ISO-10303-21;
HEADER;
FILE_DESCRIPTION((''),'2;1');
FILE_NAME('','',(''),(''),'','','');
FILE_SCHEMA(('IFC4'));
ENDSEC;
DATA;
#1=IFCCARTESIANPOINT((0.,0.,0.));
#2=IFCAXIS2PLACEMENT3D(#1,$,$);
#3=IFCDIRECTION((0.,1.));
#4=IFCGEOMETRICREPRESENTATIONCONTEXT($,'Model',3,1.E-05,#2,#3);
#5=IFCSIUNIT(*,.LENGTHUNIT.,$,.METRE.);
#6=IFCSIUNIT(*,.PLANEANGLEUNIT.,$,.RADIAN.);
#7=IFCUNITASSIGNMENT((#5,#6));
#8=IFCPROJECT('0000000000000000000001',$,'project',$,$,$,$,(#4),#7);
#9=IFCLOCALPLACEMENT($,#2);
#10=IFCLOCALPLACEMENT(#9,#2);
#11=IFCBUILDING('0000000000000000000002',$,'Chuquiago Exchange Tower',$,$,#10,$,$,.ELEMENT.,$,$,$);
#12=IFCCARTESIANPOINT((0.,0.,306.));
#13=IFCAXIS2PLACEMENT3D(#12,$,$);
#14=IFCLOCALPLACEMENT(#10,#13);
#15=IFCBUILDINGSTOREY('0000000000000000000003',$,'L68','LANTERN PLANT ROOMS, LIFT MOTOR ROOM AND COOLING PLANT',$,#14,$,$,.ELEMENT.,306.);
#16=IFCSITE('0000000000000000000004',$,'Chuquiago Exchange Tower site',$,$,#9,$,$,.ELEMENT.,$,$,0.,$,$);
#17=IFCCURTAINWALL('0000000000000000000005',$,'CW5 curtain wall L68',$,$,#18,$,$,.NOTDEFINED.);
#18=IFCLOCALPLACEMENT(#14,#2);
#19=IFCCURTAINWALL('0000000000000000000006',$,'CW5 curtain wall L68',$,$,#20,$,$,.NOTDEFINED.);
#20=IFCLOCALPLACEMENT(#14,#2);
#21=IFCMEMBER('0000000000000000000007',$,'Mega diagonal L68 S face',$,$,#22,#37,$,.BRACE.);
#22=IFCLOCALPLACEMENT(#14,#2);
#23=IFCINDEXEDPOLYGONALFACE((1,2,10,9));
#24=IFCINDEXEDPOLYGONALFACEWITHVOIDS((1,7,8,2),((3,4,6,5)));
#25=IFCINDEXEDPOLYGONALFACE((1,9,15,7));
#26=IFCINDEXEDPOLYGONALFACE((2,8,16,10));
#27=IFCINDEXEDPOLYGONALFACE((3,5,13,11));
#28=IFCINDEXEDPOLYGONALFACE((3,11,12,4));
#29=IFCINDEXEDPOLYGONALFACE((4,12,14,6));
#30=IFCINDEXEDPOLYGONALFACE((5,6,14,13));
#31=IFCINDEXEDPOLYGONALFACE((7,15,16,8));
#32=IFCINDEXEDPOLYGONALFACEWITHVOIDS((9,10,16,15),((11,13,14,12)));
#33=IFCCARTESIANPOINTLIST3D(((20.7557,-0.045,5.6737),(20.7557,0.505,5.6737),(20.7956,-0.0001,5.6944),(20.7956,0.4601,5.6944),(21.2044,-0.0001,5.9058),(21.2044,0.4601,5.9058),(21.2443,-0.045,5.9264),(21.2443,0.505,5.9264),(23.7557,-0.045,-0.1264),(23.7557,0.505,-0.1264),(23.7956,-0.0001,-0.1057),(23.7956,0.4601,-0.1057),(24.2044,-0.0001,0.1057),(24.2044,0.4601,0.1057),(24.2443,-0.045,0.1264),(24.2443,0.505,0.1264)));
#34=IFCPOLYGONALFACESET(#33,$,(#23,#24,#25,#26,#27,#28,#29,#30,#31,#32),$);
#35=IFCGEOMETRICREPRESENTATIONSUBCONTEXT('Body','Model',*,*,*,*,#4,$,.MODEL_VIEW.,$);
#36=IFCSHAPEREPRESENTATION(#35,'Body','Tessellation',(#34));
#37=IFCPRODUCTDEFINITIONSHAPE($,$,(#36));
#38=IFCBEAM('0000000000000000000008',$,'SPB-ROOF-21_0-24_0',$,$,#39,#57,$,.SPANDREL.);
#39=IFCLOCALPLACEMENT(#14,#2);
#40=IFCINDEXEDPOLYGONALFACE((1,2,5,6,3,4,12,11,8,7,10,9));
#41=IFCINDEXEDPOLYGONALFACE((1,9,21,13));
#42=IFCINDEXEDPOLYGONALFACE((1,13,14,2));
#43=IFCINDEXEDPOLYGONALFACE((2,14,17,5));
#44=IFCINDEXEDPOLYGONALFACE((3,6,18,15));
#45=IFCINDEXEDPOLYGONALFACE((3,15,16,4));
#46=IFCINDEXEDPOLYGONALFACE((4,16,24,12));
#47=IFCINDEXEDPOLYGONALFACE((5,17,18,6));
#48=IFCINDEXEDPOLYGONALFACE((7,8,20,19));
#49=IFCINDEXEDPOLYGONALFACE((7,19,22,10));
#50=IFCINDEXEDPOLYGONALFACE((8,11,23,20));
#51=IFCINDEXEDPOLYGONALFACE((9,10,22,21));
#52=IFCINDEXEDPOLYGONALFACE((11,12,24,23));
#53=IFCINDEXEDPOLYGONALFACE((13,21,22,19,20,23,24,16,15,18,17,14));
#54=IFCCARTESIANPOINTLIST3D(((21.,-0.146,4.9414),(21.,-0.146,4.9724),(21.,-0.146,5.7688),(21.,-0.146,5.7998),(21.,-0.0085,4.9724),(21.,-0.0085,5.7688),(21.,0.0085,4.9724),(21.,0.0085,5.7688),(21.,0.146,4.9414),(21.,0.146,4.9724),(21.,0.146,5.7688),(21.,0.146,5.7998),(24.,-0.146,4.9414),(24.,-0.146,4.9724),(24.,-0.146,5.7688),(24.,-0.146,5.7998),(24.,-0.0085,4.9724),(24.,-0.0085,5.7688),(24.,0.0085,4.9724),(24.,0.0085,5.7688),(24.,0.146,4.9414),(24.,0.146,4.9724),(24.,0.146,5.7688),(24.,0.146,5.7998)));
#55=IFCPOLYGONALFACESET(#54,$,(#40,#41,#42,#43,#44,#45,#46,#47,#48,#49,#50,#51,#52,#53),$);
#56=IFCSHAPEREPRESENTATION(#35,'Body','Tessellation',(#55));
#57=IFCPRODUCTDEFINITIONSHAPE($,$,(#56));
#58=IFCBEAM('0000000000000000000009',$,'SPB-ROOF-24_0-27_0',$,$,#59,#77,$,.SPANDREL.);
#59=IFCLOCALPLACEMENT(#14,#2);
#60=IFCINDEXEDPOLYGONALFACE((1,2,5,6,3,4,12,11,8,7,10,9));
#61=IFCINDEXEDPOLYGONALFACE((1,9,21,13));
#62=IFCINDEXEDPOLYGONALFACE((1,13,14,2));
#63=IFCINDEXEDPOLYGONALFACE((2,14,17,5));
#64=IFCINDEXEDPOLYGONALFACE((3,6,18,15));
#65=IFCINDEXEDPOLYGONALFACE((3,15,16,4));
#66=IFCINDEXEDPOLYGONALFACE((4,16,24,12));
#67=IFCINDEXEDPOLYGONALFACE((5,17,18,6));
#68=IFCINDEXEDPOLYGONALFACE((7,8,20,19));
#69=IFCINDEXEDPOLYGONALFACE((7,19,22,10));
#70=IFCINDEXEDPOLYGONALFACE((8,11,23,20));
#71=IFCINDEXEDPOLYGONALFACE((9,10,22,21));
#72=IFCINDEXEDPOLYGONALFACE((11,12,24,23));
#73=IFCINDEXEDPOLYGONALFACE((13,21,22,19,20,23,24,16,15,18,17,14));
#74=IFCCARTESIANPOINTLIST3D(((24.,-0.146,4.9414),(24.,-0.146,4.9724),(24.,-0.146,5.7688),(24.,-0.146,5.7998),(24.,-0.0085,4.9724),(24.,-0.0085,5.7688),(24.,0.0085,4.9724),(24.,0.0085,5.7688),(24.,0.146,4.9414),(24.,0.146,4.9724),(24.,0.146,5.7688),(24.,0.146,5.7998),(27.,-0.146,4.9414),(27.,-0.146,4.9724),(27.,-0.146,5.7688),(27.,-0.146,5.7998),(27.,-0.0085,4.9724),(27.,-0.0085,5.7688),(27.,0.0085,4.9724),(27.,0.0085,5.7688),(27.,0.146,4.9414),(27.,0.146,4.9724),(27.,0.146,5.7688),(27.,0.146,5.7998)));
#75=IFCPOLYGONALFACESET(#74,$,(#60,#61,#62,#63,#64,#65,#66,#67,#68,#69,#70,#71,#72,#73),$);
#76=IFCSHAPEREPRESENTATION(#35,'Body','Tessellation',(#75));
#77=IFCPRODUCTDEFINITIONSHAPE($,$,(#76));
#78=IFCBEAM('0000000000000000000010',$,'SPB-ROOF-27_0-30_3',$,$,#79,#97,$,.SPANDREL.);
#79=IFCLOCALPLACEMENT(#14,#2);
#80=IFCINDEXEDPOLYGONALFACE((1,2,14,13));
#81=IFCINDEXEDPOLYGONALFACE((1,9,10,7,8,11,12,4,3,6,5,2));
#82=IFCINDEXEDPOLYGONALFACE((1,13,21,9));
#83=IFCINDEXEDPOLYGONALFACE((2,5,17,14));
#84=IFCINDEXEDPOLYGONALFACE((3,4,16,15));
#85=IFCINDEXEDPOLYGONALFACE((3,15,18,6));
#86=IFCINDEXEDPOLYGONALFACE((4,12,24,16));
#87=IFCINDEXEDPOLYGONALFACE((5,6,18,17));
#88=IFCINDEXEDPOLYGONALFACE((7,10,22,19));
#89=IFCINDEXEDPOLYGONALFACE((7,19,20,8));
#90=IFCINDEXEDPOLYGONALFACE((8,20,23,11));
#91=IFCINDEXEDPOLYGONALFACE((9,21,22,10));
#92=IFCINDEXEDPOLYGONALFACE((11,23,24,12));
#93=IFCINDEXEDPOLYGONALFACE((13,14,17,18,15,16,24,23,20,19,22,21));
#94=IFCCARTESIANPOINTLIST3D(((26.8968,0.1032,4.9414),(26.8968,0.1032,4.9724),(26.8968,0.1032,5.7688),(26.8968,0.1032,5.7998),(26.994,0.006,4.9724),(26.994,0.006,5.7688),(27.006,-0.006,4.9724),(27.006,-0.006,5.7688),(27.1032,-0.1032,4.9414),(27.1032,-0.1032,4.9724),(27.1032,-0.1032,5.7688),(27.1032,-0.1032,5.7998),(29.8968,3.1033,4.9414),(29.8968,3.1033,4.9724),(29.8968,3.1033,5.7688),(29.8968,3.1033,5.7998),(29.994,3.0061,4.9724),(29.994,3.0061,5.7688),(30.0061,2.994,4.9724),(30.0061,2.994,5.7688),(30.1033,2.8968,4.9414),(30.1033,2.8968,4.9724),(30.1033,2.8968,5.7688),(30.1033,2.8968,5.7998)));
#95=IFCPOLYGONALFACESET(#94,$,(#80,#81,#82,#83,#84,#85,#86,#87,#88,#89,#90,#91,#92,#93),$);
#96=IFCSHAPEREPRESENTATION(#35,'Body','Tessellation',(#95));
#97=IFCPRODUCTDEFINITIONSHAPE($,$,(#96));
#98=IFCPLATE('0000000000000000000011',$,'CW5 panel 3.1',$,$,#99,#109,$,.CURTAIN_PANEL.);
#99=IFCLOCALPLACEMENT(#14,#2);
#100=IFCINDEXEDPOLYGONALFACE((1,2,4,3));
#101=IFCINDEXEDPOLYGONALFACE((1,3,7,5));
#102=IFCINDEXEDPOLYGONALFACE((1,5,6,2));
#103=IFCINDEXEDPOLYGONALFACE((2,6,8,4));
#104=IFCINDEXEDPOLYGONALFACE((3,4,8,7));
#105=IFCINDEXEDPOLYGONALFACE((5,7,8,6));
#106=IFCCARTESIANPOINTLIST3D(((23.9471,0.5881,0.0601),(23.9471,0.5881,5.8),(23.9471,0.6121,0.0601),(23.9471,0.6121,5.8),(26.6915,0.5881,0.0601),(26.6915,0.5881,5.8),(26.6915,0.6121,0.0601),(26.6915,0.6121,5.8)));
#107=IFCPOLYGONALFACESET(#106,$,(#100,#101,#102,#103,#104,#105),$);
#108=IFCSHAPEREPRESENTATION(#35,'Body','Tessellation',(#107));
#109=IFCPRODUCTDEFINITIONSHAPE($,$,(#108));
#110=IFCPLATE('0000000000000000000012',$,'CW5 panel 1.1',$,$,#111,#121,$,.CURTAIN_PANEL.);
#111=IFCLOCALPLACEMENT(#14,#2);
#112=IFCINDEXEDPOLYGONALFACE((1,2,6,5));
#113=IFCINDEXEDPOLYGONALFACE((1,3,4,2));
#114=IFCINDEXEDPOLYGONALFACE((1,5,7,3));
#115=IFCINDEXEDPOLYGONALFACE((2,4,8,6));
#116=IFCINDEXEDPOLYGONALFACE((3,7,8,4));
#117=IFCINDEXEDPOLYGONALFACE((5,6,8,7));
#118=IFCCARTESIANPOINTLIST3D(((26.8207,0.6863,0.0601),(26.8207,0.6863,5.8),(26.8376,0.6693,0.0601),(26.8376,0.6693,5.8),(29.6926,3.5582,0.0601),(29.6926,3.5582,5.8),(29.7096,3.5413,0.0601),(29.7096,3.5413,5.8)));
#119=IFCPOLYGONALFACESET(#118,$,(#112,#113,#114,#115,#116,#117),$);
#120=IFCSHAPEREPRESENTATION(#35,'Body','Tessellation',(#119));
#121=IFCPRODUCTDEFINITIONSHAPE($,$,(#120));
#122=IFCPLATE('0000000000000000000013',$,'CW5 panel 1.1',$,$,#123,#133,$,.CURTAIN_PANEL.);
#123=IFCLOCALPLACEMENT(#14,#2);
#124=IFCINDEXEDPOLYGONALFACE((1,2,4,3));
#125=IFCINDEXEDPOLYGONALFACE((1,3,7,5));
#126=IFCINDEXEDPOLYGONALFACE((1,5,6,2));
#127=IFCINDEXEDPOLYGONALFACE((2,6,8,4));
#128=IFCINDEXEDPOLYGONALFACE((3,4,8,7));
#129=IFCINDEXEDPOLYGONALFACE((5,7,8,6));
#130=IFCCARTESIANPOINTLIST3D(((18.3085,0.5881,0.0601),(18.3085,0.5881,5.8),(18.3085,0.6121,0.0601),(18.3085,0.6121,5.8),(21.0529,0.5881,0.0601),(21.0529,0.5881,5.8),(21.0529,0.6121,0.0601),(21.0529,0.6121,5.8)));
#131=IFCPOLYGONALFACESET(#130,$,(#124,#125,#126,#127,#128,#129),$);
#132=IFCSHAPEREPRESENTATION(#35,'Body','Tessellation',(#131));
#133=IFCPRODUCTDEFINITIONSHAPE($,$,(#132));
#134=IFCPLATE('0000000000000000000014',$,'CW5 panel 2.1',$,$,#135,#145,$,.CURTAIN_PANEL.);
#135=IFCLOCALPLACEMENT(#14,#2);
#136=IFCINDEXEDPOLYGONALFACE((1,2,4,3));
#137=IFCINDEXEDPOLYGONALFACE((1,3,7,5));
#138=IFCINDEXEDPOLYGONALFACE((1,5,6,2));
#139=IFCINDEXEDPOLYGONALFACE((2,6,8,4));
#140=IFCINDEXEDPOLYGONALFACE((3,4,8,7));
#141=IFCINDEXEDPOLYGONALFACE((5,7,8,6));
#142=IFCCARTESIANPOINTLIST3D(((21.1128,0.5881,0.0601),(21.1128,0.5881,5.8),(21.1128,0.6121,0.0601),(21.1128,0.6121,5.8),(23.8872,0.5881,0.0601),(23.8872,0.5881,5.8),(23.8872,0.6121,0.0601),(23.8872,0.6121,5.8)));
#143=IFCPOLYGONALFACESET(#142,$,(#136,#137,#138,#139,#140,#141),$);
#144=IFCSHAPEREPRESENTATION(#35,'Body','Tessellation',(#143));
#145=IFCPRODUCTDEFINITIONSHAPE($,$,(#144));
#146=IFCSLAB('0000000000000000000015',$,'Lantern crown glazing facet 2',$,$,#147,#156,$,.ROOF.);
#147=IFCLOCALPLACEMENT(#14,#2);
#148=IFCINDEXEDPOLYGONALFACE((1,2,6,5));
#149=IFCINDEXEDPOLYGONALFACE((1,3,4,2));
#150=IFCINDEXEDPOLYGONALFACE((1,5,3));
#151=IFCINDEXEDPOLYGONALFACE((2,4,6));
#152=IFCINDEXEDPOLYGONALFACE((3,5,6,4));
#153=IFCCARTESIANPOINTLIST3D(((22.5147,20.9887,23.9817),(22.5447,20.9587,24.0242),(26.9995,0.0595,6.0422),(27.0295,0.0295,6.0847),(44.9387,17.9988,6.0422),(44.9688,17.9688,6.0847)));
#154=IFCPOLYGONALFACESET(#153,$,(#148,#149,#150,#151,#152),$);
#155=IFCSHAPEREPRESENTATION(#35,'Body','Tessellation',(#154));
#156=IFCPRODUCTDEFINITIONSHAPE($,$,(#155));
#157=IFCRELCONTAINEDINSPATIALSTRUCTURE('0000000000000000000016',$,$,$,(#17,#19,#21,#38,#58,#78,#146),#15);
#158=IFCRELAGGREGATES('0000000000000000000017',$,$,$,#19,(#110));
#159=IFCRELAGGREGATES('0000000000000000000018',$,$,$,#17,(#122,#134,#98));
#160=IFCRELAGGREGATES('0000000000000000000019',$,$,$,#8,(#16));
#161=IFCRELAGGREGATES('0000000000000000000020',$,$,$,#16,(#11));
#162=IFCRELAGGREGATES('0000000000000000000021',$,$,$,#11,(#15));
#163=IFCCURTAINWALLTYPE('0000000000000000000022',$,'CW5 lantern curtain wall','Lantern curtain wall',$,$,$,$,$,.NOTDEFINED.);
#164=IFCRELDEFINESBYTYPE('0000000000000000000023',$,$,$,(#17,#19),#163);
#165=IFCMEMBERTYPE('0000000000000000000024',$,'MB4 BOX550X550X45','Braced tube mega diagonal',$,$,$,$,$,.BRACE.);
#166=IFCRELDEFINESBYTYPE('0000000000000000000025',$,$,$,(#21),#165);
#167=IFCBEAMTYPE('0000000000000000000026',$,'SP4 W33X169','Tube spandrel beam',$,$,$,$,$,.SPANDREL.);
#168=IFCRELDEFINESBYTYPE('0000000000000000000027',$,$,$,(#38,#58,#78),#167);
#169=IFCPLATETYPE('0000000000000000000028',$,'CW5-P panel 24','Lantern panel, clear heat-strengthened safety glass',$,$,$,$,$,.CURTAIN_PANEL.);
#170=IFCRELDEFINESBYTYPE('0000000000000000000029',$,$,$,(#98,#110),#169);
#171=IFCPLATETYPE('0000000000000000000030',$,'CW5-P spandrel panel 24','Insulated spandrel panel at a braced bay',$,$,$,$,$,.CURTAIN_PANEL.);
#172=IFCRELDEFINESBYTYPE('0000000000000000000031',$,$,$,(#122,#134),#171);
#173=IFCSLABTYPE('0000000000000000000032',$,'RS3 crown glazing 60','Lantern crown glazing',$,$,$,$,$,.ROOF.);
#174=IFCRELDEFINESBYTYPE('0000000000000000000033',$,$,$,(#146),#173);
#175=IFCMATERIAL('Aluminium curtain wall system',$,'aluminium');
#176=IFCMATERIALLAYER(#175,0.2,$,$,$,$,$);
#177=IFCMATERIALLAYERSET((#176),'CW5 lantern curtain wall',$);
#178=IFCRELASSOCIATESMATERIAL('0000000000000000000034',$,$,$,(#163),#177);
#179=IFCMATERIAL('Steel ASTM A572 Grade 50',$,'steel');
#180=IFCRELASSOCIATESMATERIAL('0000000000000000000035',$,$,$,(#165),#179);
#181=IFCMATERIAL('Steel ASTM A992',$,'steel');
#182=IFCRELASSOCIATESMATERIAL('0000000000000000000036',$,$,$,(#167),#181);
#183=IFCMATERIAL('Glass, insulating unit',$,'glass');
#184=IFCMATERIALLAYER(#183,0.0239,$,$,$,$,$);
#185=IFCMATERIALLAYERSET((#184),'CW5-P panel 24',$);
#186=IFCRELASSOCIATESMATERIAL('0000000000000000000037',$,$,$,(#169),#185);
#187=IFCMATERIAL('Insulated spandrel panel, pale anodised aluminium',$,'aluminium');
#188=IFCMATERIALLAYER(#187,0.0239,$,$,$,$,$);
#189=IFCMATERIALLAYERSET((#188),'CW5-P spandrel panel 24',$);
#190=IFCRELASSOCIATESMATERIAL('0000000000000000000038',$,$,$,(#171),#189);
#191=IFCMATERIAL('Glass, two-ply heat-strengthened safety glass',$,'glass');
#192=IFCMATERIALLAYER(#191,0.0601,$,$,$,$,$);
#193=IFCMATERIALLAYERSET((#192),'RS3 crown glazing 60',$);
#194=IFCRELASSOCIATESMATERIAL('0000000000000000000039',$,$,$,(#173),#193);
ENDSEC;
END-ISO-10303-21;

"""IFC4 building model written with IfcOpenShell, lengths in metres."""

from ifc_helpers import new_model, si_unit, direction, frame, origin, origin_2d, place, context, subcontext, project, spatial, polyline, rectangle, hollow_rectangle, i_section, outline, extrude, material, layer, layer_set, material_profile, profile_set, type_object, element, aggregate, save


model = new_model("IFC4")

# Units and contexts
model_context = context("Model", 3, precision=1e-05, world=origin(), true_north=direction((0.0, 1.0)))
body_context = subcontext(model_context, "Body", "Model", "MODEL_VIEW")
ifc_project = project(units=[si_unit("LENGTHUNIT", "METRE"), si_unit("PLANEANGLEUNIT", "RADIAN")], contexts=[model_context])

# Site, building, storey
site_placement = place(None, origin())
site = spatial("IfcSite", under=ifc_project, at=site_placement, Name="Chuquiago Exchange Tower site", CompositionType="ELEMENT", RefElevation=0.0)
building_placement = place(site_placement, origin())
building = spatial("IfcBuilding", under=site, at=building_placement, Name="Chuquiago Exchange Tower", CompositionType="ELEMENT")
storey_placement = place(building_placement, frame((0.0, 0.0, 306.0)))
storey = spatial("IfcBuildingStorey", under=building, at=storey_placement, Name="L68", Description="LANTERN PLANT ROOMS, LIFT MOTOR ROOM AND COOLING PLANT", CompositionType="ELEMENT", Elevation=306.0)

# Curtain wall
ifc_material_1 = material(Name="Aluminium curtain wall system", Category="aluminium")
ifc_layer_1 = layer(ifc_material_1, 0.2)
ifc_layer_set_1 = layer_set([ifc_layer_1], Name="CW5 lantern curtain wall")
curtain_wall_type = type_object("IfcCurtainWallType", Name="CW5 lantern curtain wall", Description="Lantern curtain wall", PredefinedType="NOTDEFINED", material=ifc_layer_set_1)
curtain_wall_1_placement = place(storey_placement, origin())
curtain_wall_1 = element("IfcCurtainWall", 1, at=curtain_wall_1_placement, inside=storey, type_object=curtain_wall_type, Name="CW5 curtain wall L68", PredefinedType="NOTDEFINED")

# Curtain wall
curtain_wall_2_placement = place(storey_placement, origin())
curtain_wall_2 = element("IfcCurtainWall", 2, at=curtain_wall_2_placement, inside=storey, type_object=curtain_wall_type, Name="CW5 curtain wall L68", PredefinedType="NOTDEFINED")

# Member
ifc_material_2 = material(Name="Steel ASTM A572 Grade 50", Category="steel")
ifc_material_profile_1 = material_profile(ifc_material_2, hollow_rectangle(XDim=0.55, YDim=0.55, WallThickness=0.0449, at=origin_2d()), Name="BOX550X550X45")
ifc_profile_set_1 = profile_set([ifc_material_profile_1], Name="Steel ASTM A572 Grade 50")
member_type_1 = type_object("IfcMemberType", Name="MB4 BOX550X550X45", Description="Braced tube mega diagonal", PredefinedType="BRACE", material=ifc_profile_set_1)
member_1_placement = place(storey_placement, frame((24.0, 0.23, 0.0), z_axis=(-0.45942, 0.0, 0.888219), x_axis=(0.0, -1.0, 0.0)))
element("IfcMember", 3, at=member_1_placement, inside=storey, type_object=member_type_1, Name="Mega diagonal L68 S face", PredefinedType="BRACE", context=body_context, shape_type="SweptSolid", body=[
    extrude(hollow_rectangle(XDim=0.55, YDim=0.55, WallThickness=0.0449, at=origin_2d()), origin(), (0.0, 0.0, 1.0), 6.53),
])

# Beams
ifc_material_3 = material(Name="Steel ASTM A992", Category="steel")
ifc_material_profile_2 = material_profile(ifc_material_3, i_section(OverallWidth=0.292, OverallDepth=0.8584, WebThickness=0.0171, FlangeThickness=0.031, at=origin_2d()), Name="W33X169")
ifc_profile_set_2 = profile_set([ifc_material_profile_2], Name="Steel ASTM A992")
beam_type = type_object("IfcBeamType", Name="SP4 W33X169", Description="Tube spandrel beam", PredefinedType="SPANDREL", material=ifc_profile_set_2)
for number, where, z_axis, x_axis, name in (
    (4, (21.0, 0.0, 5.3706), (1.0, 0.0, 0.0), (0.0, 1.0, 0.0), "SPB-ROOF-21_0-24_0"),
    (5, (24.0, 0.0, 5.3706), (1.0, 0.0, 0.0), (0.0, 1.0, 0.0), "SPB-ROOF-24_0-27_0"),
):
    element("IfcBeam", number, at=place(storey_placement, frame(where, z_axis=z_axis, x_axis=x_axis)), inside=storey, type_object=beam_type, Name=name, PredefinedType="SPANDREL", context=body_context, shape_type="SweptSolid", body=[
        extrude(i_section(OverallWidth=0.292, OverallDepth=0.8584, WebThickness=0.0171, FlangeThickness=0.031, at=origin_2d()), origin(), (0.0, 0.0, 1.0), 3.0),
    ])
beam_placement = place(storey_placement, frame((27.0, 0.0, 5.3706), z_axis=(0.707107, 0.707107, 0.0), x_axis=(-0.707107, 0.707107, 0.0)))
element("IfcBeam", 6, at=beam_placement, inside=storey, type_object=beam_type, Name="SPB-ROOF-27_0-30_3", PredefinedType="SPANDREL", context=body_context, shape_type="SweptSolid", body=[
    extrude(i_section(OverallWidth=0.292, OverallDepth=0.8584, WebThickness=0.0171, FlangeThickness=0.031, at=origin_2d()), origin(), (0.0, 0.0, 1.0), 4.2427),
])

# Plates
ifc_material_4 = material(Name="Glass, insulating unit", Category="glass")
ifc_layer_2 = layer(ifc_material_4, 0.0239)
ifc_layer_set_2 = layer_set([ifc_layer_2], Name="CW5-P panel 24")
plate_type_1 = type_object("IfcPlateType", Name="CW5-P panel 24", Description="Lantern panel, clear heat-strengthened safety glass", PredefinedType="CURTAIN_PANEL", material=ifc_layer_set_2)
plate_1_placement = place(storey_placement, frame((25.3193, 0.6001, 0.0601), z_axis=(0.0, 0.0, 1.0), x_axis=(1.0, 0.0, 0.0)))
plate_1 = element("IfcPlate", 7, at=plate_1_placement, type_object=plate_type_1, Name="CW5 panel 3.1", PredefinedType="CURTAIN_PANEL", context=body_context, shape_type="SweptSolid", body=[
    extrude(rectangle(XDim=2.7444, YDim=0.0239, at=origin_2d()), origin(), (0.0, 0.0, 1.0), 5.74),
])
plate_2_placement = place(storey_placement, frame((28.2651, 2.1138, 0.0601), z_axis=(0.0, 0.0, 1.0), x_axis=(0.707109, 0.707105, 0.0)))
plate_2 = element("IfcPlate", 8, at=plate_2_placement, type_object=plate_type_1, Name="CW5 panel 1.1", PredefinedType="CURTAIN_PANEL", context=body_context, shape_type="SweptSolid", body=[
    extrude(rectangle(XDim=4.0615, YDim=0.0239, at=origin_2d()), origin(), (0.0, 0.0, 1.0), 5.74),
])
aggregate(curtain_wall_2, [plate_2])
ifc_material_5 = material(Name="Insulated spandrel panel, pale anodised aluminium", Category="aluminium")
ifc_layer_3 = layer(ifc_material_5, 0.0239)
ifc_layer_set_3 = layer_set([ifc_layer_3], Name="CW5-P spandrel panel 24")
plate_type_2 = type_object("IfcPlateType", Name="CW5-P spandrel panel 24", Description="Insulated spandrel panel at a braced bay", PredefinedType="CURTAIN_PANEL", material=ifc_layer_set_3)
plate_3_placement = place(storey_placement, frame((19.6807, 0.6001, 0.0601), z_axis=(0.0, 0.0, 1.0), x_axis=(1.0, 0.0, 0.0)))
plate_3 = element("IfcPlate", 9, at=plate_3_placement, type_object=plate_type_2, Name="CW5 panel 1.1", PredefinedType="CURTAIN_PANEL", context=body_context, shape_type="SweptSolid", body=[
    extrude(rectangle(XDim=2.7444, YDim=0.0239, at=origin_2d()), origin(), (0.0, 0.0, 1.0), 5.74),
])
plate_4_placement = place(storey_placement, frame((22.5, 0.6001, 0.0601), z_axis=(0.0, 0.0, 1.0), x_axis=(1.0, 0.0, 0.0)))
plate_4 = element("IfcPlate", 10, at=plate_4_placement, type_object=plate_type_2, Name="CW5 panel 2.1", PredefinedType="CURTAIN_PANEL", context=body_context, shape_type="SweptSolid", body=[
    extrude(rectangle(XDim=2.7744, YDim=0.0239, at=origin_2d()), origin(), (0.0, 0.0, 1.0), 5.74),
])
aggregate(curtain_wall_1, [plate_3, plate_4, plate_1])

# Slab
ifc_material_6 = material(Name="Glass, two-ply heat-strengthened safety glass", Category="glass")
ifc_layer_4 = layer(ifc_material_6, 0.0601)
ifc_layer_set_4 = layer_set([ifc_layer_4], Name="RS3 crown glazing 60")
slab_type = type_object("IfcSlabType", Name="RS3 crown glazing 60", Description="Lantern crown glazing", PredefinedType="ROOF", material=ifc_layer_set_4)
slab_placement = place(storey_placement, frame((27.0295, 0.0295, 6.0847), z_axis=(0.499568, -0.499568, 0.707717), x_axis=(0.707107, 0.707107, 0.0)))
element("IfcSlab", 11, at=slab_placement, inside=storey, type_object=slab_type, Name="Lantern crown glazing facet 2", PredefinedType="ROOF", context=body_context, shape_type="SweptSolid", body=[
    extrude(outline(polyline([(0.0, 0.0), (25.3699, 0.0), (11.6279, 25.3921), (0.0, 0.0)])), origin(), (0.0, 0.0, -1.0), 0.0601),
])

save(model, "model.ifc")
